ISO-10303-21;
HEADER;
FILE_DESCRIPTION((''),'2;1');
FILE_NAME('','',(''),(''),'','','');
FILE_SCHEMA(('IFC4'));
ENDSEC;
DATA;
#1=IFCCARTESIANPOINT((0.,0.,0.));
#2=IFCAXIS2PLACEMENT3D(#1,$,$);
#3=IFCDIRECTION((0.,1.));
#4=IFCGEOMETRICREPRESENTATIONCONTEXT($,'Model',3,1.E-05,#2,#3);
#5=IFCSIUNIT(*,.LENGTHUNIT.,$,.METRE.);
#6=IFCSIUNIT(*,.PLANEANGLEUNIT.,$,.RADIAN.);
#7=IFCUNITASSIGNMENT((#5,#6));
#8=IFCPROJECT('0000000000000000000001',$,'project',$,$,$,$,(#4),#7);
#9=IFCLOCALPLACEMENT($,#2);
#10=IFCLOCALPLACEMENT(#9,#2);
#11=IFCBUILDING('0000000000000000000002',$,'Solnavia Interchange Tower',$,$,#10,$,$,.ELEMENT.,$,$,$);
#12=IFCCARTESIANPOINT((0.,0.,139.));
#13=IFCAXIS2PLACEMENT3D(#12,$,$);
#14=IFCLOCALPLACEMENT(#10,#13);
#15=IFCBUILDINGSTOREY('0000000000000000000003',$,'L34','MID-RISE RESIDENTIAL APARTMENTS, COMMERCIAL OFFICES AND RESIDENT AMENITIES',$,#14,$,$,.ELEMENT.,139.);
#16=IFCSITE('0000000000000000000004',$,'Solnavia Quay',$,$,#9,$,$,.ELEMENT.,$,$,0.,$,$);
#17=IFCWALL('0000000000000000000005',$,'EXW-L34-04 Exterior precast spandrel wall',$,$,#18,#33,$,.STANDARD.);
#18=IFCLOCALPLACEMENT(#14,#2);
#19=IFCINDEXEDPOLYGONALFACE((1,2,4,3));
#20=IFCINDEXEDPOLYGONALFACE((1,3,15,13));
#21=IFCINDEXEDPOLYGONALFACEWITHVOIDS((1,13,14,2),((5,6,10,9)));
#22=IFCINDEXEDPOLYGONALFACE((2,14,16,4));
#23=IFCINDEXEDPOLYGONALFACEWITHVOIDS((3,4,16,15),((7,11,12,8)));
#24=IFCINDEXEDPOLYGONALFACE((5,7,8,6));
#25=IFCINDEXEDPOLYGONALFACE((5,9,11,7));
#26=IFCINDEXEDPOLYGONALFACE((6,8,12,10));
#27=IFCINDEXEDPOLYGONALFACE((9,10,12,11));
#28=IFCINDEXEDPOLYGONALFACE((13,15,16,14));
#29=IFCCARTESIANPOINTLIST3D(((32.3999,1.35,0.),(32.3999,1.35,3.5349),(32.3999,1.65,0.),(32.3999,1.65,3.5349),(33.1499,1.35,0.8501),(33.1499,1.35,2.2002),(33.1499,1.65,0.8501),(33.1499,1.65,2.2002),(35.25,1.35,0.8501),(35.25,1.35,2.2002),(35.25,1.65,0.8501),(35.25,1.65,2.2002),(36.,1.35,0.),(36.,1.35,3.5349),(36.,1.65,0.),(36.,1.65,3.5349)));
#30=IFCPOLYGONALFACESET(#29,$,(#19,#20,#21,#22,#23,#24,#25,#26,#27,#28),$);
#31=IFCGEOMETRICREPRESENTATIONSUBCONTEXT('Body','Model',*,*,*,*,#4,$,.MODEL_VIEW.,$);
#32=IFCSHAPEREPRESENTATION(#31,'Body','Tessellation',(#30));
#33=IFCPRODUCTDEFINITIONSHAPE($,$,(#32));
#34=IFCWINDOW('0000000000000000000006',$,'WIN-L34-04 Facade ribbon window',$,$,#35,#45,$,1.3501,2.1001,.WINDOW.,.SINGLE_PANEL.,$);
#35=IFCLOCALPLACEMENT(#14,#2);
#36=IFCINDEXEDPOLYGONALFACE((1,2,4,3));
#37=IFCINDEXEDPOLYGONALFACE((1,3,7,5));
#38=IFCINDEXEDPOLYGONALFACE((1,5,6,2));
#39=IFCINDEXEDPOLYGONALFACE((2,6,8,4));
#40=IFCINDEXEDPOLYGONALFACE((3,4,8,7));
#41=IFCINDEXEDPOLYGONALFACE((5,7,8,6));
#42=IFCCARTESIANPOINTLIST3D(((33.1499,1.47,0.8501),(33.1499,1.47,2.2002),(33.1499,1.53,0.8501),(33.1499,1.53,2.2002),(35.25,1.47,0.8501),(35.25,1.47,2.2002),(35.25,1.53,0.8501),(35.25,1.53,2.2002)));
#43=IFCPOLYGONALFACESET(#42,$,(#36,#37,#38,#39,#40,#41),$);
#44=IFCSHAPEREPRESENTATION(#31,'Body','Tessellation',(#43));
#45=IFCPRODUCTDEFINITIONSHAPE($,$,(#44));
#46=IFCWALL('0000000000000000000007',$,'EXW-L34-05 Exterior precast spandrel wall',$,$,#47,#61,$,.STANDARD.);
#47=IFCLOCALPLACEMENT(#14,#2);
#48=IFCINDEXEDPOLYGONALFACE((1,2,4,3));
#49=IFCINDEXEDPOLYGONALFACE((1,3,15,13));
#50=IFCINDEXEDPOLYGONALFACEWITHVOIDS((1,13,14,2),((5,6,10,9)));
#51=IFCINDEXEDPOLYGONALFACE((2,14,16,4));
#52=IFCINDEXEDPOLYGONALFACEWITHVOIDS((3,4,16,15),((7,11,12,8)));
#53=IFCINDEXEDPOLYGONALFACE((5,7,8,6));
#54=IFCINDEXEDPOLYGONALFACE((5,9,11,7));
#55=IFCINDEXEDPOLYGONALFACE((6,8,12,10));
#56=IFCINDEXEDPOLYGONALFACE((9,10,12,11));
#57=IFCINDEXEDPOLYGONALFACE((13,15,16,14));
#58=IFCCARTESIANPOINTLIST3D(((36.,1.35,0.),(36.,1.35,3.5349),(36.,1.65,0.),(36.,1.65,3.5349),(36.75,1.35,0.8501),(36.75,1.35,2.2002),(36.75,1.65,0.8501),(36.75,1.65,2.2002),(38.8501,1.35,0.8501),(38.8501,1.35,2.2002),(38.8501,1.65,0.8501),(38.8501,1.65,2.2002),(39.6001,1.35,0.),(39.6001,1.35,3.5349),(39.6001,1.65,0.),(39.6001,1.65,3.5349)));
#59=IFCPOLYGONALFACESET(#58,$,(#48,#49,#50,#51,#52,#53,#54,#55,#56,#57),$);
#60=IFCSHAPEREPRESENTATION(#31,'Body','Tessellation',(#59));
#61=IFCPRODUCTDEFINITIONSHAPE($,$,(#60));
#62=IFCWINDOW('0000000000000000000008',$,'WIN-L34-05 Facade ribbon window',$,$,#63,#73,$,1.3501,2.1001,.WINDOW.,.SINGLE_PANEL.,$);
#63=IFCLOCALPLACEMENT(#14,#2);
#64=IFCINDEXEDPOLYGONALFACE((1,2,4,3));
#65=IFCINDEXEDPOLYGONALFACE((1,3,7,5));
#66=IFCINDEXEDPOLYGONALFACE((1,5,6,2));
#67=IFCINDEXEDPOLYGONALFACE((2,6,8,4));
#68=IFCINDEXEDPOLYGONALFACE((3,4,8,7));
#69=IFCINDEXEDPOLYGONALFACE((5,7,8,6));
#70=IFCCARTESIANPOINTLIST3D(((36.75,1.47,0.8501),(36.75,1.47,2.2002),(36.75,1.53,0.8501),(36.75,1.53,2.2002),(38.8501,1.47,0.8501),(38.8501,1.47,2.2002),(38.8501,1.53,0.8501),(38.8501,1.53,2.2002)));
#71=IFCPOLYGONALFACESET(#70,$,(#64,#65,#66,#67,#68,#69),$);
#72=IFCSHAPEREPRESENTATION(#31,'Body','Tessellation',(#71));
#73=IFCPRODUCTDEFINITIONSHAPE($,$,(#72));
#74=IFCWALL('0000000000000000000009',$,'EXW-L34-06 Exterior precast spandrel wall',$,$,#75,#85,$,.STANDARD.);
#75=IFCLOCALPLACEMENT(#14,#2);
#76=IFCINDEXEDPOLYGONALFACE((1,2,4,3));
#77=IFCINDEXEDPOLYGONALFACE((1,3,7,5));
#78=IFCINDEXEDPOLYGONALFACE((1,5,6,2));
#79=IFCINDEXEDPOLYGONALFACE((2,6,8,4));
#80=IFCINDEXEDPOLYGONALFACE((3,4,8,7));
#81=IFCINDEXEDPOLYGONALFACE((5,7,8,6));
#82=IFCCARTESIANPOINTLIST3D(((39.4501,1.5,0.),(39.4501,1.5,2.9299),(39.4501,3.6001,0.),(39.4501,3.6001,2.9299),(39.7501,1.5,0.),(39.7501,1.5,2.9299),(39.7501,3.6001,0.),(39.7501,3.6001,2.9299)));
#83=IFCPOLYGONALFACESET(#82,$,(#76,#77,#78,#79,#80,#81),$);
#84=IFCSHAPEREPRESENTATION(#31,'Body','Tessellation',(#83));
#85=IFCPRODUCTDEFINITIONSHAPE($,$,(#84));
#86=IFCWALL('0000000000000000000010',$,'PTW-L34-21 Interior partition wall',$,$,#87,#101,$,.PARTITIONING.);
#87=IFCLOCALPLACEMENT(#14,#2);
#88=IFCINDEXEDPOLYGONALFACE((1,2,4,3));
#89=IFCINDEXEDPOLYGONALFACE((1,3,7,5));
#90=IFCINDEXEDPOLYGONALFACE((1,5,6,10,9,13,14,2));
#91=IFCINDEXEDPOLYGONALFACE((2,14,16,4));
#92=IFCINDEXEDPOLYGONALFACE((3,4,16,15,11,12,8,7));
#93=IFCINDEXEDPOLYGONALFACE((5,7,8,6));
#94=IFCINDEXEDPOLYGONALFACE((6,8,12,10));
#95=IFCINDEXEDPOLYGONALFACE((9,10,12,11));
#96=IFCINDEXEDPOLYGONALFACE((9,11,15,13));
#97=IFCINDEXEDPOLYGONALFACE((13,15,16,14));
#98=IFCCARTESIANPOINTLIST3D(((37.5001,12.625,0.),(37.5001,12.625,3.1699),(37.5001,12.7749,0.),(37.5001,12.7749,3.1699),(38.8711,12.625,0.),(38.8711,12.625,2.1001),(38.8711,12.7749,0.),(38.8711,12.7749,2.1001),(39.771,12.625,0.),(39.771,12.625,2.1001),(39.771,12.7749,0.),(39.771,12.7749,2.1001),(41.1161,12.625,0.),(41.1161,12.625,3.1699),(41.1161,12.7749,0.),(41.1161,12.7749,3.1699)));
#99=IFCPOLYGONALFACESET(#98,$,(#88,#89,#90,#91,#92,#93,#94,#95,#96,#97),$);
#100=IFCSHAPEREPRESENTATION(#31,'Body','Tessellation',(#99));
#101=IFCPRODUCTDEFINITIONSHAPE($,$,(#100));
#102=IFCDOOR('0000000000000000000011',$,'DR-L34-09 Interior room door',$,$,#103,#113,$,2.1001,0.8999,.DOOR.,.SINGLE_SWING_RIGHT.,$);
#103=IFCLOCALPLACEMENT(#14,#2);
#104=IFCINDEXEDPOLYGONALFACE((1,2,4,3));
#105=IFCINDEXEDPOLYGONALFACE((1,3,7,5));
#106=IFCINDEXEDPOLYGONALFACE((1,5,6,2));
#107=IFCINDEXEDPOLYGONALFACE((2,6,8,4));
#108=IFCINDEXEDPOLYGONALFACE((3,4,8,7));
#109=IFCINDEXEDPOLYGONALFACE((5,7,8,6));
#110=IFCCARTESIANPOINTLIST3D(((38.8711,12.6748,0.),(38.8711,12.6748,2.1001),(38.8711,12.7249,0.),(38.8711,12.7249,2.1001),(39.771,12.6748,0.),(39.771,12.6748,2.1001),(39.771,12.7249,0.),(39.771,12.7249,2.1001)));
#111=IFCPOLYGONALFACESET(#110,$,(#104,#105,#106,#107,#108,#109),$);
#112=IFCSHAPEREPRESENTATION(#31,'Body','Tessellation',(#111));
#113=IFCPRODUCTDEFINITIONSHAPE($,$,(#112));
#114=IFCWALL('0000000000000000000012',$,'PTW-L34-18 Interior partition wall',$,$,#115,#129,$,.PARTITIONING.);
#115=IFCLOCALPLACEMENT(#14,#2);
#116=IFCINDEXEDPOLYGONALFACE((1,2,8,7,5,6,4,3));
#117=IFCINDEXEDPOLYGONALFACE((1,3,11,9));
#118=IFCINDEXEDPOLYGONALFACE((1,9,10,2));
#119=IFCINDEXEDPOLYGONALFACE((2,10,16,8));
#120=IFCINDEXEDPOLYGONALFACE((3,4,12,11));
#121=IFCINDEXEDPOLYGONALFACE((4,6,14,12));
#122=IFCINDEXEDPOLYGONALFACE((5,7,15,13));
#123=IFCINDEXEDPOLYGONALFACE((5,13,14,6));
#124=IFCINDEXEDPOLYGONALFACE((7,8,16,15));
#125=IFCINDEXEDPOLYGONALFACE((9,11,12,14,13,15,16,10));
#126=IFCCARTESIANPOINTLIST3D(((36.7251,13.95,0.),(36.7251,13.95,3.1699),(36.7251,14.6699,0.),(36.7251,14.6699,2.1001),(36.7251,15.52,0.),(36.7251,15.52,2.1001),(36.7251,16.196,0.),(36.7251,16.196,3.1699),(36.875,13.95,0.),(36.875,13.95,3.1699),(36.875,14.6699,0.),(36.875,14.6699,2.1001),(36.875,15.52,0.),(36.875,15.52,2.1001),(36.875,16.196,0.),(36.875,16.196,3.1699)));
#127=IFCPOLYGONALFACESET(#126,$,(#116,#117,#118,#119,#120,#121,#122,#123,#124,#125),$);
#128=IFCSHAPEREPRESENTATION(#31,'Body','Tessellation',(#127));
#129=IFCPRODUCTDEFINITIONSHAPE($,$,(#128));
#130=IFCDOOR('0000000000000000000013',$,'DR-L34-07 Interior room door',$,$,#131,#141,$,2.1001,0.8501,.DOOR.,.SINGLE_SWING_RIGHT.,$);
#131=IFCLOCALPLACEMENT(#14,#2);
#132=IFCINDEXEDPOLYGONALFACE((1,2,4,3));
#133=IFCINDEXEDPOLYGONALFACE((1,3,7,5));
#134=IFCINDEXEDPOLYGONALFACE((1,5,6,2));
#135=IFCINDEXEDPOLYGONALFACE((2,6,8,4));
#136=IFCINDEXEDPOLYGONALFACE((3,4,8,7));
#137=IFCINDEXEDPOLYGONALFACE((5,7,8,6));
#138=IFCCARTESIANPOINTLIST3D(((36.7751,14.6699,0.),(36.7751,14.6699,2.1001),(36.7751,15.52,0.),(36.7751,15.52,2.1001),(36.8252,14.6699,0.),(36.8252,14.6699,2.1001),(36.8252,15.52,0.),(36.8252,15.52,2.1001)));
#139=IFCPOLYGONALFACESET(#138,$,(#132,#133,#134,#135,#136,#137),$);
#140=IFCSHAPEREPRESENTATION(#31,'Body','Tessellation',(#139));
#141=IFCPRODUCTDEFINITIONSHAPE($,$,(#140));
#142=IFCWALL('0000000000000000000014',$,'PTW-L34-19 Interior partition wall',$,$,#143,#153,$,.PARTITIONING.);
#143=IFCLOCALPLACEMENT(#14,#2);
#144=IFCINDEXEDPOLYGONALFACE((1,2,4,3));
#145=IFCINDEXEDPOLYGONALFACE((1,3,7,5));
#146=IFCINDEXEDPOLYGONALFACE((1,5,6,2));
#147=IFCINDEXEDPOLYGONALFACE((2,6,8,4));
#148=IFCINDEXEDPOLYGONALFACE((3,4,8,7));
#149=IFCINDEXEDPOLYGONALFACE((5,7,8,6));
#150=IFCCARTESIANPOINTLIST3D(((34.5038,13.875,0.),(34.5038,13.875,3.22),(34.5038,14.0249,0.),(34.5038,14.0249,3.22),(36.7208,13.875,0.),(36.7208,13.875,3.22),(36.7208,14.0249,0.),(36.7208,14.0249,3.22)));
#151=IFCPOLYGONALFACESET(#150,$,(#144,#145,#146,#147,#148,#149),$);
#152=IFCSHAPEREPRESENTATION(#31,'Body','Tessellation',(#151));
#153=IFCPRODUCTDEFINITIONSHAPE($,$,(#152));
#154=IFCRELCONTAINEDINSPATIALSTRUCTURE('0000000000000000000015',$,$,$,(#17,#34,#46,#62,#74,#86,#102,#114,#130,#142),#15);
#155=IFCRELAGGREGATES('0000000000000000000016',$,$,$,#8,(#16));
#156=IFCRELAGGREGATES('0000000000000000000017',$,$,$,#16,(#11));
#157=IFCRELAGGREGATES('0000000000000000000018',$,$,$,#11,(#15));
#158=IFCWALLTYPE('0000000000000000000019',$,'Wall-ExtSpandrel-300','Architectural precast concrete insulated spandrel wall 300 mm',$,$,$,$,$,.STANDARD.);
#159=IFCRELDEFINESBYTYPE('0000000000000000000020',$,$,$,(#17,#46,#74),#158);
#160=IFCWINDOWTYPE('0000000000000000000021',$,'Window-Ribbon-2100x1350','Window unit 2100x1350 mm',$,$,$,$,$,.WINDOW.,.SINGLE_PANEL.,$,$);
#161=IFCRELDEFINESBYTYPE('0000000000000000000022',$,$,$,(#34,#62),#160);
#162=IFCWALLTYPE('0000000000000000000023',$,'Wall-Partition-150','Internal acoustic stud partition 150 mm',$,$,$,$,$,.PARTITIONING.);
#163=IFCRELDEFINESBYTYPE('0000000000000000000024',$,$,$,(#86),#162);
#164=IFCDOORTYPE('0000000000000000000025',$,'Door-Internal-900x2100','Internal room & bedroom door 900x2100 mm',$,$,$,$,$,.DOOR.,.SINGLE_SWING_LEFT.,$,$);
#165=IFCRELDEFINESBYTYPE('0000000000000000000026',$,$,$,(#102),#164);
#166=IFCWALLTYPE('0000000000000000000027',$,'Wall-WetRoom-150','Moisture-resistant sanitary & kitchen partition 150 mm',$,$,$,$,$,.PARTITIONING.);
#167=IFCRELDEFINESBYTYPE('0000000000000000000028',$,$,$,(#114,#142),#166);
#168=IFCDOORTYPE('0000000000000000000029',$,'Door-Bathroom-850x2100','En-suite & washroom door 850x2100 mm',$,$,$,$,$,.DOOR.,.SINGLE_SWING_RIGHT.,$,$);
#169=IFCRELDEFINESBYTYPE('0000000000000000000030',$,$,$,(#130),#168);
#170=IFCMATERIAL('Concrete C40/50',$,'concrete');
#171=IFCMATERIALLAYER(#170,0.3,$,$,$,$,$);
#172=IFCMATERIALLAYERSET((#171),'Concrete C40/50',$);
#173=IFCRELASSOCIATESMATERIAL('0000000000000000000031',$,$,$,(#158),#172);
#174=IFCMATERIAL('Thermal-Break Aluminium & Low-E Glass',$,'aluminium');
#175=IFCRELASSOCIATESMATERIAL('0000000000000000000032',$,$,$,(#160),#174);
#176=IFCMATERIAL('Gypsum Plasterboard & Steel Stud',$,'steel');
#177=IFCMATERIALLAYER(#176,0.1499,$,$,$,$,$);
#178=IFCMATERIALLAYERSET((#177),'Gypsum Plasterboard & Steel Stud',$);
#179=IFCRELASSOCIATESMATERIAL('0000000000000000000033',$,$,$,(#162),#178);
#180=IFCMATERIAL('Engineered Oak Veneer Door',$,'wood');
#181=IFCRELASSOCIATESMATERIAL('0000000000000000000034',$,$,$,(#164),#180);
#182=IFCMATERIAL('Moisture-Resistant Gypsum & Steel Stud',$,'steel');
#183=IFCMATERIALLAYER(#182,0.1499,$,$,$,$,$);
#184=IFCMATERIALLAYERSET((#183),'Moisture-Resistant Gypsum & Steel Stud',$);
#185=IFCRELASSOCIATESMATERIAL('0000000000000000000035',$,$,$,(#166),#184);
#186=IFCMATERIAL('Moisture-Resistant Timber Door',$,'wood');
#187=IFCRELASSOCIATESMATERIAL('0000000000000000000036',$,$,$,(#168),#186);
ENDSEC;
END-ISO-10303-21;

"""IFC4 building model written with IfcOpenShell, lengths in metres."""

from ifc_helpers import new_model, si_unit, direction, frame, frame_2d, origin, place, context, subcontext, project, spatial, rectangle, extrude, material, layer, layer_set, type_object, element, fill, save


model = new_model("IFC4")

# Units and contexts
model_context = context("Model", 3, precision=1e-05, world=origin(), true_north=direction((0.0, 1.0)))
body_context = subcontext(model_context, "Body", "Model", "MODEL_VIEW")
ifc_project = project(units=[si_unit("LENGTHUNIT", "METRE"), si_unit("PLANEANGLEUNIT", "RADIAN")], contexts=[model_context])

# Site, building, storey
site_placement = place(None, origin())
site = spatial("IfcSite", under=ifc_project, at=site_placement, Name="Solnavia Quay", CompositionType="ELEMENT", RefElevation=0.0)
building_placement = place(site_placement, origin())
building = spatial("IfcBuilding", under=site, at=building_placement, Name="Solnavia Interchange Tower", CompositionType="ELEMENT")
storey_placement = place(building_placement, frame((0.0, 0.0, 139.0)))
storey = spatial("IfcBuildingStorey", under=building, at=storey_placement, Name="L34", Description="MID-RISE RESIDENTIAL APARTMENTS, COMMERCIAL OFFICES AND RESIDENT AMENITIES", CompositionType="ELEMENT", Elevation=139.0)

# Walls, openings, windows
ifc_material_1 = material(Name="Concrete C40/50", Category="concrete")
ifc_layer_1 = layer(ifc_material_1, 0.3)
ifc_layer_set_1 = layer_set([ifc_layer_1], Name="Concrete C40/50")
wall_type_1 = type_object("IfcWallType", Name="Wall-ExtSpandrel-300", Description="Architectural precast concrete insulated spandrel wall 300 mm", PredefinedType="STANDARD", material=ifc_layer_set_1)
wall_1_placement = place(storey_placement, frame((36.0, 1.5, 0.0), z_axis=(0.0, 0.0, 1.0), x_axis=(-1.0, 0.0, 0.0)))
wall_1 = element("IfcWall", 1, at=wall_1_placement, inside=storey, type_object=wall_type_1, Name="EXW-L34-04 Exterior precast spandrel wall", PredefinedType="STANDARD", context=body_context, shape_type="SweptSolid", body=[
    extrude(rectangle(XDim=3.6001, YDim=0.3, at=frame_2d((1.8, 0.0))), origin(), (0.0, 0.0, 1.0), 3.5349),
])
opening_1_placement = place(wall_1_placement, frame((0.75, 0.0, 0.8501)))
opening_1 = element("IfcOpeningElement", 2, at=opening_1_placement, cuts=wall_1, PredefinedType="OPENING", context=body_context, shape_type="SweptSolid", body=[
    extrude(rectangle(XDim=2.1001, YDim=1.3501, at=frame_2d((1.05, 0.675))), frame((0.0, 0.1602, 0.0), z_axis=(0.0, -1.0, 0.0), x_axis=(1.0, 0.0, 0.0)), (0.0, 0.0, 1.0), 0.3201),
])
ifc_material_2 = material(Name="Thermal-Break Aluminium & Low-E Glass", Category="aluminium")
window_type = type_object("IfcWindowType", Name="Window-Ribbon-2100x1350", Description="Window unit 2100x1350 mm", PartitioningType="SINGLE_PANEL", PredefinedType="WINDOW", material=ifc_material_2)
window_1_placement = place(opening_1_placement, origin())
window_1 = element("IfcWindow", 3, at=window_1_placement, inside=storey, type_object=window_type, Name="WIN-L34-04 Facade ribbon window", OverallHeight=1.3501, OverallWidth=2.1001, PartitioningType="SINGLE_PANEL", PredefinedType="WINDOW", context=body_context, shape_type="SweptSolid", body=[
    extrude(rectangle(XDim=2.1001, YDim=1.3501, at=frame_2d((1.05, 0.675))), frame((0.0, 0.03, 0.0), z_axis=(0.0, -1.0, 0.0), x_axis=(1.0, 0.0, 0.0)), (0.0, 0.0, 1.0), 0.0601),
])
fill(opening_1, window_1)
wall_2_placement = place(storey_placement, frame((39.6001, 1.5, 0.0), z_axis=(0.0, 0.0, 1.0), x_axis=(-1.0, 0.0, 0.0)))
wall_2 = element("IfcWall", 4, at=wall_2_placement, inside=storey, type_object=wall_type_1, Name="EXW-L34-05 Exterior precast spandrel wall", PredefinedType="STANDARD", context=body_context, shape_type="SweptSolid", body=[
    extrude(rectangle(XDim=3.6001, YDim=0.3, at=frame_2d((1.8, 0.0))), origin(), (0.0, 0.0, 1.0), 3.5349),
])
opening_2_placement = place(wall_2_placement, frame((0.75, 0.0, 0.8501)))
opening_2 = element("IfcOpeningElement", 5, at=opening_2_placement, cuts=wall_2, PredefinedType="OPENING", context=body_context, shape_type="SweptSolid", body=[
    extrude(rectangle(XDim=2.1001, YDim=1.3501, at=frame_2d((1.05, 0.675))), frame((0.0, 0.1602, 0.0), z_axis=(0.0, -1.0, 0.0), x_axis=(1.0, 0.0, 0.0)), (0.0, 0.0, 1.0), 0.3201),
])
window_2_placement = place(opening_2_placement, origin())
window_2 = element("IfcWindow", 6, at=window_2_placement, inside=storey, type_object=window_type, Name="WIN-L34-05 Facade ribbon window", OverallHeight=1.3501, OverallWidth=2.1001, PartitioningType="SINGLE_PANEL", PredefinedType="WINDOW", context=body_context, shape_type="SweptSolid", body=[
    extrude(rectangle(XDim=2.1001, YDim=1.3501, at=frame_2d((1.05, 0.675))), frame((0.0, 0.03, 0.0), z_axis=(0.0, -1.0, 0.0), x_axis=(1.0, 0.0, 0.0)), (0.0, 0.0, 1.0), 0.0601),
])
fill(opening_2, window_2)

# Wall
wall_3_placement = place(storey_placement, frame((39.6001, 3.6001, 0.0), z_axis=(0.0, 0.0, 1.0), x_axis=(0.0, -1.0, 0.0)))
element("IfcWall", 7, at=wall_3_placement, inside=storey, type_object=wall_type_1, Name="EXW-L34-06 Exterior precast spandrel wall", PredefinedType="STANDARD", context=body_context, shape_type="SweptSolid", body=[
    extrude(rectangle(XDim=2.1001, YDim=0.3, at=frame_2d((1.05, 0.0))), origin(), (0.0, 0.0, 1.0), 2.9299),
])

# Walls, openings, doors
ifc_material_3 = material(Name="Gypsum Plasterboard & Steel Stud", Category="steel")
ifc_layer_2 = layer(ifc_material_3, 0.1499)
ifc_layer_set_2 = layer_set([ifc_layer_2], Name="Gypsum Plasterboard & Steel Stud")
wall_type_2 = type_object("IfcWallType", Name="Wall-Partition-150", Description="Internal acoustic stud partition 150 mm", PredefinedType="PARTITIONING", material=ifc_layer_set_2)
wall_4_placement = place(storey_placement, frame((37.5, 12.7, 0.0), z_axis=(0.0, 0.0, 1.0), x_axis=(1.0, 0.0, 0.0)))
wall_4 = element("IfcWall", 8, at=wall_4_placement, inside=storey, type_object=wall_type_2, Name="PTW-L34-21 Interior partition wall", PredefinedType="PARTITIONING", context=body_context, shape_type="SweptSolid", body=[
    extrude(rectangle(XDim=3.616, YDim=0.1499, at=frame_2d((1.8081, 0.0))), origin(), (0.0, 0.0, 1.0), 3.1699),
])
opening_3_placement = place(wall_4_placement, frame((1.3711, 0.0, 0.0)))
opening_3 = element("IfcOpeningElement", 9, at=opening_3_placement, cuts=wall_4, PredefinedType="OPENING", context=body_context, shape_type="SweptSolid", body=[
    extrude(rectangle(XDim=0.8999, YDim=2.1001, at=frame_2d((0.45, 1.05))), frame((0.0, 0.085, 0.0), z_axis=(0.0, -1.0, 0.0), x_axis=(1.0, 0.0, 0.0)), (0.0, 0.0, 1.0), 0.1699),
])
ifc_material_4 = material(Name="Engineered Oak Veneer Door", Category="wood")
door_type_1 = type_object("IfcDoorType", Name="Door-Internal-900x2100", Description="Internal room & bedroom door 900x2100 mm", OperationType="SINGLE_SWING_LEFT", PredefinedType="DOOR", material=ifc_material_4)
door_1_placement = place(opening_3_placement, origin())
door_1 = element("IfcDoor", 10, at=door_1_placement, inside=storey, type_object=door_type_1, Name="DR-L34-09 Interior room door", OperationType="SINGLE_SWING_RIGHT", OverallHeight=2.1001, OverallWidth=0.8999, PredefinedType="DOOR", context=body_context, shape_type="SweptSolid", body=[
    extrude(rectangle(XDim=0.8999, YDim=2.1001, at=frame_2d((0.45, 1.05))), frame((0.0, 0.0249, 0.0), z_axis=(0.0, -1.0, 0.0), x_axis=(1.0, 0.0, 0.0)), (0.0, 0.0, 1.0), 0.05),
])
fill(opening_3, door_1)
ifc_material_5 = material(Name="Moisture-Resistant Gypsum & Steel Stud", Category="steel")
ifc_layer_3 = layer(ifc_material_5, 0.1499)
ifc_layer_set_3 = layer_set([ifc_layer_3], Name="Moisture-Resistant Gypsum & Steel Stud")
wall_type_3 = type_object("IfcWallType", Name="Wall-WetRoom-150", Description="Moisture-resistant sanitary & kitchen partition 150 mm", PredefinedType="PARTITIONING", material=ifc_layer_set_3)
wall_5_placement = place(storey_placement, frame((36.8, 13.95, 0.0), z_axis=(0.0, 0.0, 1.0), x_axis=(0.0, 1.0, 0.0)))
wall_5 = element("IfcWall", 11, at=wall_5_placement, inside=storey, type_object=wall_type_3, Name="PTW-L34-18 Interior partition wall", PredefinedType="PARTITIONING", context=body_context, shape_type="SweptSolid", body=[
    extrude(rectangle(XDim=2.2461, YDim=0.1499, at=frame_2d((1.123, 0.0))), origin(), (0.0, 0.0, 1.0), 3.1699),
])
opening_4_placement = place(wall_5_placement, frame((0.72, 0.0, 0.0)))
opening_4 = element("IfcOpeningElement", 12, at=opening_4_placement, cuts=wall_5, PredefinedType="OPENING", context=body_context, shape_type="SweptSolid", body=[
    extrude(rectangle(XDim=0.8501, YDim=2.1001, at=frame_2d((0.425, 1.05))), frame((0.0, 0.085, 0.0), z_axis=(0.0, -1.0, 0.0), x_axis=(1.0, 0.0, 0.0)), (0.0, 0.0, 1.0), 0.1699),
])
ifc_material_6 = material(Name="Moisture-Resistant Timber Door", Category="wood")
door_type_2 = type_object("IfcDoorType", Name="Door-Bathroom-850x2100", Description="En-suite & washroom door 850x2100 mm", OperationType="SINGLE_SWING_RIGHT", PredefinedType="DOOR", material=ifc_material_6)
door_2_placement = place(opening_4_placement, origin())
door_2 = element("IfcDoor", 13, at=door_2_placement, inside=storey, type_object=door_type_2, Name="DR-L34-07 Interior room door", OperationType="SINGLE_SWING_RIGHT", OverallHeight=2.1001, OverallWidth=0.8501, PredefinedType="DOOR", context=body_context, shape_type="SweptSolid", body=[
    extrude(rectangle(XDim=0.8501, YDim=2.1001, at=frame_2d((0.425, 1.05))), frame((0.0, 0.0249, 0.0), z_axis=(0.0, -1.0, 0.0), x_axis=(1.0, 0.0, 0.0)), (0.0, 0.0, 1.0), 0.05),
])
fill(opening_4, door_2)

# Wall
wall_6_placement = place(storey_placement, frame((34.5039, 13.95, 0.0), z_axis=(0.0, 0.0, 1.0), x_axis=(1.0, 0.0, 0.0)))
element("IfcWall", 14, at=wall_6_placement, inside=storey, type_object=wall_type_3, Name="PTW-L34-19 Interior partition wall", PredefinedType="PARTITIONING", context=body_context, shape_type="SweptSolid", body=[
    extrude(rectangle(XDim=2.217, YDim=0.1499, at=frame_2d((1.1084, 0.0))), origin(), (0.0, 0.0, 1.0), 3.22),
])

save(model, "model.ifc")
